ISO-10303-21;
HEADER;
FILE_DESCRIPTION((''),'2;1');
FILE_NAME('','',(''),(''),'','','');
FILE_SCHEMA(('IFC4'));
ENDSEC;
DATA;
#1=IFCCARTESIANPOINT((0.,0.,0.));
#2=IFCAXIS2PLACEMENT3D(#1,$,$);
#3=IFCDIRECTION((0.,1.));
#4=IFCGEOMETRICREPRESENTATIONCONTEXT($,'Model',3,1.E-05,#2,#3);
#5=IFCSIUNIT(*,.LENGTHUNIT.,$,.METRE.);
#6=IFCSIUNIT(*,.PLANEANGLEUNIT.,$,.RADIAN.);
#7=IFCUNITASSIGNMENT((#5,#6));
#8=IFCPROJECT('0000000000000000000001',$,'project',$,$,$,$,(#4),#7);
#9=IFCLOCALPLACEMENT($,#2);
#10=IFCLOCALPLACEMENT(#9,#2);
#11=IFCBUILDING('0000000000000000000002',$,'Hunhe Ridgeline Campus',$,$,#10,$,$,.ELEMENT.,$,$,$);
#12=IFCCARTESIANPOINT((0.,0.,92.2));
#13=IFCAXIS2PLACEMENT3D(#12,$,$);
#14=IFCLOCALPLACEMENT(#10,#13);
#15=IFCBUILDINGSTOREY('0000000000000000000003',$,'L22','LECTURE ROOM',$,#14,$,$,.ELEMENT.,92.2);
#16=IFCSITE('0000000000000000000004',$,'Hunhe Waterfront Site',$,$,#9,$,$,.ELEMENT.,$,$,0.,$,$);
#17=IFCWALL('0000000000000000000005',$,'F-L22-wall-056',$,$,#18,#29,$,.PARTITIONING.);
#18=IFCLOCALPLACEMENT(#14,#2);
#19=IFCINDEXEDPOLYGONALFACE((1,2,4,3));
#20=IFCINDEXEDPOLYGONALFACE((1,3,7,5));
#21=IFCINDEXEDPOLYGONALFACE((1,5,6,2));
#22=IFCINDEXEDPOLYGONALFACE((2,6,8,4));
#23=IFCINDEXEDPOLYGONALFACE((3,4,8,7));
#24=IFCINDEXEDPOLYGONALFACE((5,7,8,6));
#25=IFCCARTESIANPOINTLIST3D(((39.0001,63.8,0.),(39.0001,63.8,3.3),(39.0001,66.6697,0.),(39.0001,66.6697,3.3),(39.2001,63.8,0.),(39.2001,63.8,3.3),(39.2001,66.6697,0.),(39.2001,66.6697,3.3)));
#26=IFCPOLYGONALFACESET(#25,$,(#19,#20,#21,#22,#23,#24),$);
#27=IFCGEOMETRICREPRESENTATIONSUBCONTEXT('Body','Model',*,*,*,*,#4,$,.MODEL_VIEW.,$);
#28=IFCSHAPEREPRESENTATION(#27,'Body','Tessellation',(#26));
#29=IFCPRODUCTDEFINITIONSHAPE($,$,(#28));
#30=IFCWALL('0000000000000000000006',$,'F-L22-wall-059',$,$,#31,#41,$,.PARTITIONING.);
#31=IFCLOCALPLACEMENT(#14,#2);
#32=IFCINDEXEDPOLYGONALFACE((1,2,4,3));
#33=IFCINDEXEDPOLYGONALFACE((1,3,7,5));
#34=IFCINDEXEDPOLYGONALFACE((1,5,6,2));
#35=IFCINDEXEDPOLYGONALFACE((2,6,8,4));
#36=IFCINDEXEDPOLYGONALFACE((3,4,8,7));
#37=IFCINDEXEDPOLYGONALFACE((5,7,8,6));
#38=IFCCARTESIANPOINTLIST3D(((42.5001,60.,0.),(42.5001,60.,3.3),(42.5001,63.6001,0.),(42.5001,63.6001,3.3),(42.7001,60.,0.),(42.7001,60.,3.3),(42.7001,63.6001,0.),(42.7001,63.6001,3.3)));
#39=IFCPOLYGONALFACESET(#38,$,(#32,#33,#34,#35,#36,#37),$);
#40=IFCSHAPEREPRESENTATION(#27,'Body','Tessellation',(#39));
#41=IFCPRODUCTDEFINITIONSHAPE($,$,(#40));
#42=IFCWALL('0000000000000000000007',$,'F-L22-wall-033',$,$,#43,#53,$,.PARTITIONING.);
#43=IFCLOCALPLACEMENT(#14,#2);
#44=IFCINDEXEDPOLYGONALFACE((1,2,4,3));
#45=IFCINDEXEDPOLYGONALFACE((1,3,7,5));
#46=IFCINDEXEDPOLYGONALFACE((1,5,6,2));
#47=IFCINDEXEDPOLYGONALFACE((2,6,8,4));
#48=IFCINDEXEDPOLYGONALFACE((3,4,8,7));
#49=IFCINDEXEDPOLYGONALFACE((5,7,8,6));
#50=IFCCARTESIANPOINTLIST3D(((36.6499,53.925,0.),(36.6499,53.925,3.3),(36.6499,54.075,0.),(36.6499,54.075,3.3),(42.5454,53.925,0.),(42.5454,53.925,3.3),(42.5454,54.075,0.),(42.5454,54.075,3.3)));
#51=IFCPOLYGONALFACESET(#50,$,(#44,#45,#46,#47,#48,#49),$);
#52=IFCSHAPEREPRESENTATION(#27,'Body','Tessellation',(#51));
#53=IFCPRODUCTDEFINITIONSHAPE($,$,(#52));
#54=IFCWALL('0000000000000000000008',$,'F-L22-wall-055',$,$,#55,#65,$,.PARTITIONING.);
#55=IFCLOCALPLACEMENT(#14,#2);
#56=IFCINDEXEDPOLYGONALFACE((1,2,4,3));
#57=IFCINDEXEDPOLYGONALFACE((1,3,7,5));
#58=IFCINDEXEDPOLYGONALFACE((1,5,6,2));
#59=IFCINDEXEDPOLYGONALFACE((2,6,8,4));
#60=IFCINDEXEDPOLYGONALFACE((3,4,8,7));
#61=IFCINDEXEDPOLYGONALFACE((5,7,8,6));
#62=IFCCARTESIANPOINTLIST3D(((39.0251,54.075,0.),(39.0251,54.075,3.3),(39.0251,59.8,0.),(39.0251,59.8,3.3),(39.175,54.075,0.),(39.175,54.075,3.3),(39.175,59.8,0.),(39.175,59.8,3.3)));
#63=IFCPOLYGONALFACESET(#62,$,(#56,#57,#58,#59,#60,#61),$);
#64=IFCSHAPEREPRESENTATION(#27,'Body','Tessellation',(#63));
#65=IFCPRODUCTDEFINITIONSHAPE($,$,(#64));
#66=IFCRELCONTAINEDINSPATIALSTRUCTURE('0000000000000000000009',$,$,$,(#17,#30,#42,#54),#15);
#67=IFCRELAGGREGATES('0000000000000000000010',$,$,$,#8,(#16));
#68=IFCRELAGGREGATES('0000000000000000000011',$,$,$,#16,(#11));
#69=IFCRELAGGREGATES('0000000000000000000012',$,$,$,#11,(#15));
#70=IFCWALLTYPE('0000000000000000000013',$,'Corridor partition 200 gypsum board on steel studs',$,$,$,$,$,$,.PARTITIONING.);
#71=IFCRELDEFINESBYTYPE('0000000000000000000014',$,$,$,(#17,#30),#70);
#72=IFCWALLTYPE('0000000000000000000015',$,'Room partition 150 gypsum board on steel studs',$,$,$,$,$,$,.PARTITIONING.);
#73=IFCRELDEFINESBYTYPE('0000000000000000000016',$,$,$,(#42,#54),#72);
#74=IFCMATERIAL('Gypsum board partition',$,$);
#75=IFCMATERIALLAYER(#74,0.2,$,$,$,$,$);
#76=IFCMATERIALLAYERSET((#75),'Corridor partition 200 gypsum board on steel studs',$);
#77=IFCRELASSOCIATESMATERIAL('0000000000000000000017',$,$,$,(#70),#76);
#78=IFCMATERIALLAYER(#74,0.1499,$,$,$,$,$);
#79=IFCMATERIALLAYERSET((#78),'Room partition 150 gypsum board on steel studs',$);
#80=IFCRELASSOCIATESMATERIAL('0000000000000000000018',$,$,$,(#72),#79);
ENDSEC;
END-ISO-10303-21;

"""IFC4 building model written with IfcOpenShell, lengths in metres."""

from ifc_helpers import new_model, si_unit, direction, frame, frame_2d, origin, place, context, subcontext, project, spatial, rectangle, extrude, material, layer, layer_set, type_object, element, save


model = new_model("IFC4")

# Units and contexts
model_context = context("Model", 3, precision=1e-05, world=origin(), true_north=direction((0.0, 1.0)))
body_context = subcontext(model_context, "Body", "Model", "MODEL_VIEW")
ifc_project = project(units=[si_unit("LENGTHUNIT", "METRE"), si_unit("PLANEANGLEUNIT", "RADIAN")], contexts=[model_context])

# Site, building, storey
site_placement = place(None, origin())
site = spatial("IfcSite", under=ifc_project, at=site_placement, Name="Hunhe Waterfront Site", CompositionType="ELEMENT", RefElevation=0.0)
building_placement = place(site_placement, origin())
building = spatial("IfcBuilding", under=site, at=building_placement, Name="Hunhe Ridgeline Campus", CompositionType="ELEMENT")
storey_placement = place(building_placement, frame((0.0, 0.0, 92.2)))
storey = spatial("IfcBuildingStorey", under=building, at=storey_placement, Name="L22", Description="LECTURE ROOM", CompositionType="ELEMENT", Elevation=92.2)

# Walls
ifc_material_1 = material(Name="Gypsum board partition")
ifc_layer_1 = layer(ifc_material_1, 0.2)
ifc_layer_set_1 = layer_set([ifc_layer_1], Name="Corridor partition 200 gypsum board on steel studs")
wall_type_1 = type_object("IfcWallType", Name="Corridor partition 200 gypsum board on steel studs", PredefinedType="PARTITIONING", material=ifc_layer_set_1)
wall_1_placement = place(storey_placement, frame((39.1001, 66.6697, 0.0), z_axis=(0.0, 0.0, 1.0), x_axis=(0.0, -1.0, 0.0)))
element("IfcWall", 1, at=wall_1_placement, inside=storey, type_object=wall_type_1, Name="F-L22-wall-056", PredefinedType="PARTITIONING", context=body_context, shape_type="SweptSolid", body=[
    extrude(rectangle(XDim=2.8696, YDim=0.2, at=frame_2d((1.4348, 0.0))), origin(), (0.0, 0.0, 1.0), 3.3),
])
wall_2_placement = place(storey_placement, frame((42.6001, 63.6001, 0.0), z_axis=(0.0, 0.0, 1.0), x_axis=(0.0, -1.0, 0.0)))
element("IfcWall", 2, at=wall_2_placement, inside=storey, type_object=wall_type_1, Name="F-L22-wall-059", PredefinedType="PARTITIONING", context=body_context, shape_type="SweptSolid", body=[
    extrude(rectangle(XDim=3.6001, YDim=0.2, at=frame_2d((1.8, 0.0))), origin(), (0.0, 0.0, 1.0), 3.3),
])
ifc_layer_2 = layer(ifc_material_1, 0.1499)
ifc_layer_set_2 = layer_set([ifc_layer_2], Name="Room partition 150 gypsum board on steel studs")
wall_type_2 = type_object("IfcWallType", Name="Room partition 150 gypsum board on steel studs", PredefinedType="PARTITIONING", material=ifc_layer_set_2)
wall_3_placement = place(storey_placement, frame((36.6499, 54.0, 0.0), z_axis=(0.0, 0.0, 1.0), x_axis=(1.0, 0.0, 0.0)))
element("IfcWall", 3, at=wall_3_placement, inside=storey, type_object=wall_type_2, Name="F-L22-wall-033", PredefinedType="PARTITIONING", context=body_context, shape_type="SweptSolid", body=[
    extrude(rectangle(XDim=5.8955, YDim=0.1499, at=frame_2d((2.9478, 0.0))), origin(), (0.0, 0.0, 1.0), 3.3),
])
wall_4_placement = place(storey_placement, frame((39.1001, 59.8, 0.0), z_axis=(0.0, 0.0, 1.0), x_axis=(0.0, -1.0, 0.0)))
element("IfcWall", 4, at=wall_4_placement, inside=storey, type_object=wall_type_2, Name="F-L22-wall-055", PredefinedType="PARTITIONING", context=body_context, shape_type="SweptSolid", body=[
    extrude(rectangle(XDim=5.7251, YDim=0.1499, at=frame_2d((2.8625, 0.0))), origin(), (0.0, 0.0, 1.0), 3.3),
])

save(model, "model.ifc")
